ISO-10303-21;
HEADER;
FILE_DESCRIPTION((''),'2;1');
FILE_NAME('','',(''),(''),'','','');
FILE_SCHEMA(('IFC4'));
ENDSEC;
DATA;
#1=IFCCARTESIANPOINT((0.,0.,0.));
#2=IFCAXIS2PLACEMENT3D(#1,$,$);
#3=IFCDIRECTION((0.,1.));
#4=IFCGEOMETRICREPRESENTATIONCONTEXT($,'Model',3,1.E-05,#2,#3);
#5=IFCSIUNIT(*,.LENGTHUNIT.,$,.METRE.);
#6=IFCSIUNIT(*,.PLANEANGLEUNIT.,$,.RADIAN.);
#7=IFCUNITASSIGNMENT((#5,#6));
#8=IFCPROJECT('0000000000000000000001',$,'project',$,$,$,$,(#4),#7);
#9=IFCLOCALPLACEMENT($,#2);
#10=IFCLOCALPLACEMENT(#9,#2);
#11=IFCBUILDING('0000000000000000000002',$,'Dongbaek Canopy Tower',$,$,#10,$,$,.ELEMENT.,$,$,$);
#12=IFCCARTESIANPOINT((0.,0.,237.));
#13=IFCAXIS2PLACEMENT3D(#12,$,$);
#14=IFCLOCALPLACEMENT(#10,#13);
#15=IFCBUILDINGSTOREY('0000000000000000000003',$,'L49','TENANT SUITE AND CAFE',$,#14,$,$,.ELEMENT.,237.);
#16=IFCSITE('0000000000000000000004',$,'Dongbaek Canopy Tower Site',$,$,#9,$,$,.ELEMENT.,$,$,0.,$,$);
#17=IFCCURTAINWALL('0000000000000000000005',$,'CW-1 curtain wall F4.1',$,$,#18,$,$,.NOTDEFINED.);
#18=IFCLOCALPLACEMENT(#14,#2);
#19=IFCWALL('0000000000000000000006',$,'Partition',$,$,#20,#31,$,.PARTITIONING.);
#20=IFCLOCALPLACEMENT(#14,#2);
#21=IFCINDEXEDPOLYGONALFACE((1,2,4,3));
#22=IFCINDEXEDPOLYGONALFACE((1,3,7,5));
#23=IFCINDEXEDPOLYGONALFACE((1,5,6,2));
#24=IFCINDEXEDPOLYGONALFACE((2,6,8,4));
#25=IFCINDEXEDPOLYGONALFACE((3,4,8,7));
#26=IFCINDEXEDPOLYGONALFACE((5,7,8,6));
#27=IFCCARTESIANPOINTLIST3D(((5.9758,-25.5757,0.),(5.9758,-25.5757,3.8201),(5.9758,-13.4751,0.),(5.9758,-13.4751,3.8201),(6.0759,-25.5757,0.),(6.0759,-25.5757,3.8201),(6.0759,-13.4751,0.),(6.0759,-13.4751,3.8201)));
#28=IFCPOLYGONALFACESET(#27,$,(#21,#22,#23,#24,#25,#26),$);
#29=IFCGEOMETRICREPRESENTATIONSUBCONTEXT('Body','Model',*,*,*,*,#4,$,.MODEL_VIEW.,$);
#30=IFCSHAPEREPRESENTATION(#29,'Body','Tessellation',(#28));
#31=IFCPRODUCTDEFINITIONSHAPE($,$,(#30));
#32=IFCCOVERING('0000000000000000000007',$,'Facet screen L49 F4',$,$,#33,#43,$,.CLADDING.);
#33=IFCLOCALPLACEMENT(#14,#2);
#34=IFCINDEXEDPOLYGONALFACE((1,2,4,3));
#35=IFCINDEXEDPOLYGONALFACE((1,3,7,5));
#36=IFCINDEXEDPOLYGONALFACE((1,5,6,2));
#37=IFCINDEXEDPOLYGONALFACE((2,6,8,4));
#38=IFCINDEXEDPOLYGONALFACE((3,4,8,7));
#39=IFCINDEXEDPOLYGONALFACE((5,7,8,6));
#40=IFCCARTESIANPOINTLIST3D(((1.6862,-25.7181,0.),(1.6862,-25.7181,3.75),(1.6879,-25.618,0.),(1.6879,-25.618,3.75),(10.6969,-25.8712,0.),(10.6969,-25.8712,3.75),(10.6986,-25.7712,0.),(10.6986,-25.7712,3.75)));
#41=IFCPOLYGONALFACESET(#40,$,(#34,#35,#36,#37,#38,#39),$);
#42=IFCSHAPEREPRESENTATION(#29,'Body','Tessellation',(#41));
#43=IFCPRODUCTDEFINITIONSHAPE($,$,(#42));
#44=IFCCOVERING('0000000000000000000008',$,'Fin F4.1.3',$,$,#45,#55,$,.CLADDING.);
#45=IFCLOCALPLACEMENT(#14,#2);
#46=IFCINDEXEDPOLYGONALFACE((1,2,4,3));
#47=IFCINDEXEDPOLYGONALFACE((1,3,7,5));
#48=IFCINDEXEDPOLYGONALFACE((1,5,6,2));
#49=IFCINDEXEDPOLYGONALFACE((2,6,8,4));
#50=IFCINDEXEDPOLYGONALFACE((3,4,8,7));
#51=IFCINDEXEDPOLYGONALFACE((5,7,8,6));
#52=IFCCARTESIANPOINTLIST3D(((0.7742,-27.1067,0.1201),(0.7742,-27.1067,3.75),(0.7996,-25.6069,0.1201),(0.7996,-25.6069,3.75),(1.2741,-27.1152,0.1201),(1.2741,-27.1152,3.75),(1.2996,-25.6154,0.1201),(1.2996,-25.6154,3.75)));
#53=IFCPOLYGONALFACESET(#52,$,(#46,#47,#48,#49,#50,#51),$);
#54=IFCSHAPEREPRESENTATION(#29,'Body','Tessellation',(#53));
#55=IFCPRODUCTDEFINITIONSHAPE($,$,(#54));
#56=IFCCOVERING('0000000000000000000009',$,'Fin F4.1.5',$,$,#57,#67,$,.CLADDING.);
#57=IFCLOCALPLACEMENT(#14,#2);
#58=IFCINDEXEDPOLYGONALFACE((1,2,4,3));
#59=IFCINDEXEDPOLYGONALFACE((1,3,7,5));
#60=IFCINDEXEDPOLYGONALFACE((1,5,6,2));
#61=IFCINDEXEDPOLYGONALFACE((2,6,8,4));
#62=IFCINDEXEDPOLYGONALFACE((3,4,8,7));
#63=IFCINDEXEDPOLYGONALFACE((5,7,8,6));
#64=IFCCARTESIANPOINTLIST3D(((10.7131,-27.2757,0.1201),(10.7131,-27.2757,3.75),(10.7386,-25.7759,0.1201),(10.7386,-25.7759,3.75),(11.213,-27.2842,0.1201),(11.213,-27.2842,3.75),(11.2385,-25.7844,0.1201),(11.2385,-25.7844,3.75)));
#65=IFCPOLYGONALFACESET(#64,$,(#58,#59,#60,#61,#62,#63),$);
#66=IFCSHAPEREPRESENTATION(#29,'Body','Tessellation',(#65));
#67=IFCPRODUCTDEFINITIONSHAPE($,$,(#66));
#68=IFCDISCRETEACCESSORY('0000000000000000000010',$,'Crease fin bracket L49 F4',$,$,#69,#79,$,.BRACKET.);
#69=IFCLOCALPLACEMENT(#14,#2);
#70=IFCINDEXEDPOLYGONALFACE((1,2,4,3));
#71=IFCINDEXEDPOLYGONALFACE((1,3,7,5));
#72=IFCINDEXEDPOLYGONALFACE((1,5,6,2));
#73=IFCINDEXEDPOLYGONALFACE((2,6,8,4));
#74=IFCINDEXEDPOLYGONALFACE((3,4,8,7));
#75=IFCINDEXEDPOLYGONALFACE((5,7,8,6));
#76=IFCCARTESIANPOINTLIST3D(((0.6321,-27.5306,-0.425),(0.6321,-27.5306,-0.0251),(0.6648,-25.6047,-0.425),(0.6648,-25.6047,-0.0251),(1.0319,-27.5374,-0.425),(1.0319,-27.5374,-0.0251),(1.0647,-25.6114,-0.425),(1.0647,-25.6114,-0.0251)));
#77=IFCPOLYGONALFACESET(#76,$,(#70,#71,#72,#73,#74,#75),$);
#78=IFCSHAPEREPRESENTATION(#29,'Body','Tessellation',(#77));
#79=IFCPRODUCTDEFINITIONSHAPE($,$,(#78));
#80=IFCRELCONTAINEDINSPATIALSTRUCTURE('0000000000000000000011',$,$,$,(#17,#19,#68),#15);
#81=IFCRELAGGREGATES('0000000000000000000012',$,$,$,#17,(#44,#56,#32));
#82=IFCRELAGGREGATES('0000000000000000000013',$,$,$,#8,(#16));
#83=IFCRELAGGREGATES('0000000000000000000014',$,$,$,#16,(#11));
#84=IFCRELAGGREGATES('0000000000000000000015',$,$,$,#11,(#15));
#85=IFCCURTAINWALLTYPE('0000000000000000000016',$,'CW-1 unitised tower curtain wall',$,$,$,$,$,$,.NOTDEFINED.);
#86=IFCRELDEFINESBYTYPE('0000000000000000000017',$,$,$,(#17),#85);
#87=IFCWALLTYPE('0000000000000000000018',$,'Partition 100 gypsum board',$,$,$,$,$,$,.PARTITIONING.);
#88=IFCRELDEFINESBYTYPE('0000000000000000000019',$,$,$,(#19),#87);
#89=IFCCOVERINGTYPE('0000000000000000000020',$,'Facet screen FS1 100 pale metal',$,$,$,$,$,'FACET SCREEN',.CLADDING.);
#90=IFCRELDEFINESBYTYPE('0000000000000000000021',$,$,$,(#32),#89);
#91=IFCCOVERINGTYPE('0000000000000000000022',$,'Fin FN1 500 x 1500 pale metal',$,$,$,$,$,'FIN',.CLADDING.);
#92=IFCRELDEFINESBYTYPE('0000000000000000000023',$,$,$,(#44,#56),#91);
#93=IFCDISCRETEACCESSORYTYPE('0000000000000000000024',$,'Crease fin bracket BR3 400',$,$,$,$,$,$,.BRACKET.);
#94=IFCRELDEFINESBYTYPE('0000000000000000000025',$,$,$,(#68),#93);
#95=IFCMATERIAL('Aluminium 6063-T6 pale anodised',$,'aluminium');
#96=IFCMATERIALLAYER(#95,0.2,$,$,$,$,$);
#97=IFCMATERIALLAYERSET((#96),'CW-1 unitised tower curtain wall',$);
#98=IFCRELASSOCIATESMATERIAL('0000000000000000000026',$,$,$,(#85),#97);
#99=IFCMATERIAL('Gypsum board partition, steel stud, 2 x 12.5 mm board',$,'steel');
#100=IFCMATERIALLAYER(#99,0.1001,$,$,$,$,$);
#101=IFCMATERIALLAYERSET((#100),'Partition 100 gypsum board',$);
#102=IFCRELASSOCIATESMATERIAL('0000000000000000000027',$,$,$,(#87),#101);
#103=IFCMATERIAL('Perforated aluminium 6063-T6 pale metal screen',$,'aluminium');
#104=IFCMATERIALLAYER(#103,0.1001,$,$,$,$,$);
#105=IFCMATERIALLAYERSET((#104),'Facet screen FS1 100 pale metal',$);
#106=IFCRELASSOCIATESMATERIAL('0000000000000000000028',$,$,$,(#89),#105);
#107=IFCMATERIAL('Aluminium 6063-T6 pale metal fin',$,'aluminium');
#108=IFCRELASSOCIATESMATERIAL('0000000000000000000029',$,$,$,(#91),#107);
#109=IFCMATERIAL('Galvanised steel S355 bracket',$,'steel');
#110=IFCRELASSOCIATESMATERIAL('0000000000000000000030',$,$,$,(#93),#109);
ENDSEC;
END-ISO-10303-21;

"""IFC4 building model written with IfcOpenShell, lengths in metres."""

from ifc_helpers import new_model, si_unit, direction, frame, frame_2d, origin, origin_2d, place, context, subcontext, project, spatial, rectangle, extrude, material, layer, layer_set, material_profile, profile_set, type_object, element, aggregate, save


model = new_model("IFC4")

# Units and contexts
model_context = context("Model", 3, precision=1e-05, world=origin(), true_north=direction((0.0, 1.0)))
body_context = subcontext(model_context, "Body", "Model", "MODEL_VIEW")
ifc_project = project(units=[si_unit("LENGTHUNIT", "METRE"), si_unit("PLANEANGLEUNIT", "RADIAN")], contexts=[model_context])

# Site, building, storey
site_placement = place(None, origin())
site = spatial("IfcSite", under=ifc_project, at=site_placement, Name="Dongbaek Canopy Tower Site", CompositionType="ELEMENT", RefElevation=0.0)
building_placement = place(site_placement, origin())
building = spatial("IfcBuilding", under=site, at=building_placement, Name="Dongbaek Canopy Tower", CompositionType="ELEMENT")
storey_placement = place(building_placement, frame((0.0, 0.0, 237.0)))
storey = spatial("IfcBuildingStorey", under=building, at=storey_placement, Name="L49", Description="TENANT SUITE AND CAFE", CompositionType="ELEMENT", Elevation=237.0)

# Curtain wall
ifc_material_1 = material(Name="Aluminium 6063-T6 pale anodised", Category="aluminium")
ifc_layer_1 = layer(ifc_material_1, 0.2)
ifc_layer_set_1 = layer_set([ifc_layer_1], Name="CW-1 unitised tower curtain wall")
curtain_wall_type = type_object("IfcCurtainWallType", Name="CW-1 unitised tower curtain wall", PredefinedType="NOTDEFINED", material=ifc_layer_set_1)
curtain_wall_1_placement = place(storey_placement, origin())
curtain_wall_1 = element("IfcCurtainWall", 1, at=curtain_wall_1_placement, inside=storey, type_object=curtain_wall_type, Name="CW-1 curtain wall F4.1", PredefinedType="NOTDEFINED")

# Wall
ifc_material_2 = material(Name="Gypsum board partition, steel stud, 2 x 12.5 mm board", Category="steel")
ifc_layer_2 = layer(ifc_material_2, 0.1001)
ifc_layer_set_2 = layer_set([ifc_layer_2], Name="Partition 100 gypsum board")
wall_type_1 = type_object("IfcWallType", Name="Partition 100 gypsum board", PredefinedType="PARTITIONING", material=ifc_layer_set_2)
wall_1_placement = place(storey_placement, frame((6.0259, -25.5757, 0.0), z_axis=(0.0, 0.0, 1.0), x_axis=(0.0, 1.0, 0.0)))
element("IfcWall", 2, at=wall_1_placement, inside=storey, type_object=wall_type_1, Name="Partition", PredefinedType="PARTITIONING", context=body_context, shape_type="SweptSolid", body=[
    extrude(rectangle(XDim=12.1006, YDim=0.1001, at=frame_2d((6.0503, 0.0))), origin(), (0.0, 0.0, 1.0), 3.8201),
])

# Coverings
ifc_material_3 = material(Name="Perforated aluminium 6063-T6 pale metal screen", Category="aluminium")
ifc_layer_3 = layer(ifc_material_3, 0.1001)
ifc_layer_set_3 = layer_set([ifc_layer_3], Name="Facet screen FS1 100 pale metal")
covering_type_1 = type_object("IfcCoveringType", Name="Facet screen FS1 100 pale metal", ElementType="FACET SCREEN", PredefinedType="CLADDING", material=ifc_layer_set_3)
covering_1_placement = place(storey_placement, frame((6.1924, -25.7446, 0.0), z_axis=(0.0, 0.0, 1.0), x_axis=(0.999856, -0.016993, 0.0)))
covering_1 = element("IfcCovering", 3, at=covering_1_placement, type_object=covering_type_1, Name="Facet screen L49 F4", PredefinedType="CLADDING", context=body_context, shape_type="SweptSolid", body=[
    extrude(rectangle(XDim=9.012, YDim=0.1001, at=origin_2d()), origin(), (0.0, 0.0, 1.0), 3.75),
])
ifc_material_4 = material(Name="Aluminium 6063-T6 pale metal fin", Category="aluminium")
ifc_material_profile_1 = material_profile(ifc_material_4, rectangle(XDim=1.5, YDim=0.5, at=origin_2d()), Name="Fin FN1 500 x 1500 pale metal")
ifc_profile_set_1 = profile_set([ifc_material_profile_1], Name="Aluminium 6063-T6 pale metal fin")
covering_type_2 = type_object("IfcCoveringType", Name="Fin FN1 500 x 1500 pale metal", ElementType="FIN", PredefinedType="CLADDING", material=ifc_profile_set_1)
covering_2_placement = place(storey_placement, frame((1.0369, -26.3611, 0.1201), z_axis=(0.0, 0.0, 1.0), x_axis=(-0.016993, -0.999856, 0.0)))
covering_2 = element("IfcCovering", 4, at=covering_2_placement, type_object=covering_type_2, Name="Fin F4.1.3", PredefinedType="CLADDING", context=body_context, shape_type="SweptSolid", body=[
    extrude(rectangle(XDim=1.5, YDim=0.5, at=origin_2d()), origin(), (0.0, 0.0, 1.0), 3.6299),
])
covering_3_placement = place(storey_placement, frame((10.9758, -26.53, 0.1201), z_axis=(0.0, 0.0, 1.0), x_axis=(-0.016993, -0.999856, 0.0)))
covering_3 = element("IfcCovering", 5, at=covering_3_placement, type_object=covering_type_2, Name="Fin F4.1.5", PredefinedType="CLADDING", context=body_context, shape_type="SweptSolid", body=[
    extrude(rectangle(XDim=1.5, YDim=0.5, at=origin_2d()), origin(), (0.0, 0.0, 1.0), 3.6299),
])
aggregate(curtain_wall_1, [covering_2, covering_3, covering_1])

# Discrete accessory
ifc_material_5 = material(Name="Galvanised steel S355 bracket", Category="steel")
discrete_accessory_type = type_object("IfcDiscreteAccessoryType", Name="Crease fin bracket BR3 400", PredefinedType="BRACKET", material=ifc_material_5)
discrete_accessory_placement = place(storey_placement, frame((0.8484, -26.571, -0.425), z_axis=(0.0, 0.0, 1.0), x_axis=(-0.016993, -0.999856, 0.0)))
element("IfcDiscreteAccessory", 6, at=discrete_accessory_placement, inside=storey, type_object=discrete_accessory_type, Name="Crease fin bracket L49 F4", PredefinedType="BRACKET", context=body_context, shape_type="SweptSolid", body=[
    extrude(rectangle(XDim=1.9263, YDim=0.3999, at=origin_2d()), origin(), (0.0, 0.0, 1.0), 0.3999),
])

save(model, "model.ifc")
